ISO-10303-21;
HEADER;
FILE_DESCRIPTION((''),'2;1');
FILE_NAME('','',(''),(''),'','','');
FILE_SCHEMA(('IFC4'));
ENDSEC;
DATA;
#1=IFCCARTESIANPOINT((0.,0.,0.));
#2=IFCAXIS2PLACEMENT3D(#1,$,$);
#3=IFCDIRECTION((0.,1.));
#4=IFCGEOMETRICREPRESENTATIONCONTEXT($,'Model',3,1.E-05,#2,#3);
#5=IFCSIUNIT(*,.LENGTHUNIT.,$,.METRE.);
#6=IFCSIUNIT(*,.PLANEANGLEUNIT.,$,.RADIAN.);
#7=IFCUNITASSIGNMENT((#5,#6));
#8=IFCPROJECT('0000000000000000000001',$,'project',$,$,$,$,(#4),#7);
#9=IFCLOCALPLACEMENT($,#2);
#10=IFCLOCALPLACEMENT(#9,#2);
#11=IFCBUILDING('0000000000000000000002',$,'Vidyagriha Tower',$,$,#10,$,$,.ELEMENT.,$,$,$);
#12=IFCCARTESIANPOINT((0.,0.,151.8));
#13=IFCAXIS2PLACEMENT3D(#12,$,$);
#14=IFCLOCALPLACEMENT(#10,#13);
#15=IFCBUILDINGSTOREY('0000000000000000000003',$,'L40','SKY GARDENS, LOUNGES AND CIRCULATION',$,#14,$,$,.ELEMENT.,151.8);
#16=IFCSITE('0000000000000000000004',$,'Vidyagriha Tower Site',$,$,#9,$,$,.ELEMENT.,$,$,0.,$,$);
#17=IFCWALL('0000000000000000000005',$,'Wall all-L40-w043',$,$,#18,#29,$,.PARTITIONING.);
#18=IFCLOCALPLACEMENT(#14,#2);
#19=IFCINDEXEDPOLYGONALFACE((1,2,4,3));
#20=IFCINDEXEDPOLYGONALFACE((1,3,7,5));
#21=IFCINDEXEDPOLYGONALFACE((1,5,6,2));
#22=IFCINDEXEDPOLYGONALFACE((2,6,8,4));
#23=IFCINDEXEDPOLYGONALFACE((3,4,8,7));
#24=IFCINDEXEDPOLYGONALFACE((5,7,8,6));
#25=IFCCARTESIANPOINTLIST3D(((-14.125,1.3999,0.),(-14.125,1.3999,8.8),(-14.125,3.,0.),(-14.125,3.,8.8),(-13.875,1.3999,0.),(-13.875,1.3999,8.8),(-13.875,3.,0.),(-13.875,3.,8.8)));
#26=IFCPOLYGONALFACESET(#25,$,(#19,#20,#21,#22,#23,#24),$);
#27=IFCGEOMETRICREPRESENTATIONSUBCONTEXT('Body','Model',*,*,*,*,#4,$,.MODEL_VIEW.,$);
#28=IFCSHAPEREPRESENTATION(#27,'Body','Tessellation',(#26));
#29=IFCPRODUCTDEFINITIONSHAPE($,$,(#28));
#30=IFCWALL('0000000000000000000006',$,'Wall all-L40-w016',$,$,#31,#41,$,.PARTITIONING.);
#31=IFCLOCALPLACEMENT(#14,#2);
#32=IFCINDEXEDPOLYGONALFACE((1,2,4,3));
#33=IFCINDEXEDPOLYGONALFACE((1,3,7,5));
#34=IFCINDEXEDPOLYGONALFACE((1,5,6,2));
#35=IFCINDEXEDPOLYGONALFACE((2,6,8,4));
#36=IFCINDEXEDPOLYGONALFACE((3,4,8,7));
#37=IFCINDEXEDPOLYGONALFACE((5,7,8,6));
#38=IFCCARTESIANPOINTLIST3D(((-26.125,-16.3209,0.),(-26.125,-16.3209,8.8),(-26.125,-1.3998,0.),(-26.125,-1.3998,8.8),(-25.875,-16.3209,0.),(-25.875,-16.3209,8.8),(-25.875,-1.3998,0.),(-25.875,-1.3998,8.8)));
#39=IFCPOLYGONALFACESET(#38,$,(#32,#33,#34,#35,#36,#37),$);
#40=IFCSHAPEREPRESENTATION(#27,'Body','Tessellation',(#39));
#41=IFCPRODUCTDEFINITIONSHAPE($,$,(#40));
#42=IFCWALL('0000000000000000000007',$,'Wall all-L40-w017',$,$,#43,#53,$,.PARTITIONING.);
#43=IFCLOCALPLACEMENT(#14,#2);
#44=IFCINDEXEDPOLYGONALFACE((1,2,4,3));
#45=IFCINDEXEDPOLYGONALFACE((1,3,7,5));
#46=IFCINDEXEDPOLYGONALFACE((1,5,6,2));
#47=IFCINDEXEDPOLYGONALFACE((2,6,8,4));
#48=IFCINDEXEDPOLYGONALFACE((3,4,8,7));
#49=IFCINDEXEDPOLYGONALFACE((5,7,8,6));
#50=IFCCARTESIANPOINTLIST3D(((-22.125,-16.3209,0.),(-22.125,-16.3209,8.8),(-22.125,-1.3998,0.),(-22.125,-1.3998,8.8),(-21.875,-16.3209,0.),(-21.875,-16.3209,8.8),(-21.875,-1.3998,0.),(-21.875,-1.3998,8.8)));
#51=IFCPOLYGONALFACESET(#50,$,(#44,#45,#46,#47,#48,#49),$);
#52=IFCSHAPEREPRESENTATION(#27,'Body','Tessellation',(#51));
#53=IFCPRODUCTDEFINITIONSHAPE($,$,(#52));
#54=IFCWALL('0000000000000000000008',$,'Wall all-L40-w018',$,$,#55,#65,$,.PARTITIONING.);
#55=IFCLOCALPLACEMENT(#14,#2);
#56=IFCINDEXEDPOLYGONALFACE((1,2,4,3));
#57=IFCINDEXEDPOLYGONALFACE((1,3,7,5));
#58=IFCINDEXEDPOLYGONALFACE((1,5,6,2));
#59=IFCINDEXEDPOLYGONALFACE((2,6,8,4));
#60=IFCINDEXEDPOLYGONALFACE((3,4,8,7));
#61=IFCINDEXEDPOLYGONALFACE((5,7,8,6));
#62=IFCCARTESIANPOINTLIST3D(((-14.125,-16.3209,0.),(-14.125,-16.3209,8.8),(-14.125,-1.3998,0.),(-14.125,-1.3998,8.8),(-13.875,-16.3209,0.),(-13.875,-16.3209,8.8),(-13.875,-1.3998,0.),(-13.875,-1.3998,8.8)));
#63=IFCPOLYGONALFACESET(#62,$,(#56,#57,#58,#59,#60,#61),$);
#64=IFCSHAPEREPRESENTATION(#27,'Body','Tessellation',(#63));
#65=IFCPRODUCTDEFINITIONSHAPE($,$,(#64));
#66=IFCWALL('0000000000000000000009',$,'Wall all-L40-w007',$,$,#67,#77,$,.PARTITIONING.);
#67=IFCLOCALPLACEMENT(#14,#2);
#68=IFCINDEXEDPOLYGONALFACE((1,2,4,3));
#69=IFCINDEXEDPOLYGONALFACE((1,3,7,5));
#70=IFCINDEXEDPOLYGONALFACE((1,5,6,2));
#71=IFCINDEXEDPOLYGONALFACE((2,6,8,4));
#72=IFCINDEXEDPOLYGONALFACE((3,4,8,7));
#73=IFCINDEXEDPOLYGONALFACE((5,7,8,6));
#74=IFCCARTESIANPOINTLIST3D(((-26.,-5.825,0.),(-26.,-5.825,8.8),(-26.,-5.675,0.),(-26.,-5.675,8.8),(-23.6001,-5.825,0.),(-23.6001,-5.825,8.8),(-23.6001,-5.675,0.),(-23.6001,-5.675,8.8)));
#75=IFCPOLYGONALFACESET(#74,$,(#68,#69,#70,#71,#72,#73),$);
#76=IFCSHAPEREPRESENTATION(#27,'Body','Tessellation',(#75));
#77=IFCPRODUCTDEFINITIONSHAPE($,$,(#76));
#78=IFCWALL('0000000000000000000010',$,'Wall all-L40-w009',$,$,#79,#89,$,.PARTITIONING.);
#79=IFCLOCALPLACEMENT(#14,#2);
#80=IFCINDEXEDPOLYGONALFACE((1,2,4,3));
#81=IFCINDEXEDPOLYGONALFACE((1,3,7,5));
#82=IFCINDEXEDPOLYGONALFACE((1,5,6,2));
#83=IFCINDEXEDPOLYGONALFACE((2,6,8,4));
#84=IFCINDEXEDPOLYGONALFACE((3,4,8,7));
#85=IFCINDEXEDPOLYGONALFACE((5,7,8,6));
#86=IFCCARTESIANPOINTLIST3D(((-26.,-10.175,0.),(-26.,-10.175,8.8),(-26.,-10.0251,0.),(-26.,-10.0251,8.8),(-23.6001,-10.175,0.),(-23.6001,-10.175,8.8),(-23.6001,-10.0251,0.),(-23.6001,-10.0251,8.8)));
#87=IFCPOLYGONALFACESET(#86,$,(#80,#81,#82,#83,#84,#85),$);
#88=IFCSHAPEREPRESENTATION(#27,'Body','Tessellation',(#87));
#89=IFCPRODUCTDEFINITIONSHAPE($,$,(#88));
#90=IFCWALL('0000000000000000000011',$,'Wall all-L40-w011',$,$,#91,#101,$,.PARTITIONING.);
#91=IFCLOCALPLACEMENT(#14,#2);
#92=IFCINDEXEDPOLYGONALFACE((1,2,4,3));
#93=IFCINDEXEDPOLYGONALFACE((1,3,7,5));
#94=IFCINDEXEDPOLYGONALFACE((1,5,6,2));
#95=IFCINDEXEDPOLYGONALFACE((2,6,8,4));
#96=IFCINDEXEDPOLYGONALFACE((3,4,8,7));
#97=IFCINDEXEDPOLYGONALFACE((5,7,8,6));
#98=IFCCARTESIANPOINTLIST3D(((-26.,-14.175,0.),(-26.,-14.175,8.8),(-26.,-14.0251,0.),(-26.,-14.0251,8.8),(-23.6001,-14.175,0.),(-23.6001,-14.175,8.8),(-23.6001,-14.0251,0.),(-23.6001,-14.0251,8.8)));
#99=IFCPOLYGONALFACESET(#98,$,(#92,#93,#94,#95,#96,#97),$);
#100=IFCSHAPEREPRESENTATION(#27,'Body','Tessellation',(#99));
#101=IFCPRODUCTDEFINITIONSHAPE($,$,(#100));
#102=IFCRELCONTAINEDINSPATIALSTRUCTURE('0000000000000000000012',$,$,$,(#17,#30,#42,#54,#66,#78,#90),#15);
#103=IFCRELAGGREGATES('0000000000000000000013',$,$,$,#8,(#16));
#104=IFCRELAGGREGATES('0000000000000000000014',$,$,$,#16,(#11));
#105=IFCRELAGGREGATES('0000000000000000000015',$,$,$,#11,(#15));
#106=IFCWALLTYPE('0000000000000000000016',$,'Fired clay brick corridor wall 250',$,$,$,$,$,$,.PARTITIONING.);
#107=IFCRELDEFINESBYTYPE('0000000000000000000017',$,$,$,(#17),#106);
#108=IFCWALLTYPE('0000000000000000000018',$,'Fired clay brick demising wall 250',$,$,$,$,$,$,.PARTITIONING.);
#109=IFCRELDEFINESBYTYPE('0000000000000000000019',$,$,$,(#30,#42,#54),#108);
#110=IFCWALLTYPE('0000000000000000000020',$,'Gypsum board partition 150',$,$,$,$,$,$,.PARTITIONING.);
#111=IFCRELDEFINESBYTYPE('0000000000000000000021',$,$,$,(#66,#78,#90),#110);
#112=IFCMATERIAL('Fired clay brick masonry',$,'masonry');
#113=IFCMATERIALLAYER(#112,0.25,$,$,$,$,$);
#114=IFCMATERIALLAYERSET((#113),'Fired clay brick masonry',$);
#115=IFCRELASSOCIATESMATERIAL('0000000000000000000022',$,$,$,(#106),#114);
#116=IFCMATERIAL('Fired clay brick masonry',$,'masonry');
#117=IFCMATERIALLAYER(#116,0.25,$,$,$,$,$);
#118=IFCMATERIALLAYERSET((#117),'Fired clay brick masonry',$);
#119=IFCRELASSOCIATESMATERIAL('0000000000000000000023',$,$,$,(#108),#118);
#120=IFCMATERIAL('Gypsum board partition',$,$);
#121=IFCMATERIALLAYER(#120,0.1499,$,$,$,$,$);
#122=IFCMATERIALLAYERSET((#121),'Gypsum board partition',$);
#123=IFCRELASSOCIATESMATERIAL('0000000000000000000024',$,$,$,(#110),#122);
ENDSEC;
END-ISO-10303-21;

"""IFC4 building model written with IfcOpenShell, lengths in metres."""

from ifc_helpers import new_model, si_unit, direction, frame, frame_2d, origin, place, context, subcontext, project, spatial, rectangle, extrude, material, layer, layer_set, type_object, element, save


model = new_model("IFC4")

# Units and contexts
model_context = context("Model", 3, precision=1e-05, world=origin(), true_north=direction((0.0, 1.0)))
body_context = subcontext(model_context, "Body", "Model", "MODEL_VIEW")
ifc_project = project(units=[si_unit("LENGTHUNIT", "METRE"), si_unit("PLANEANGLEUNIT", "RADIAN")], contexts=[model_context])

# Site, building, storey
site_placement = place(None, origin())
site = spatial("IfcSite", under=ifc_project, at=site_placement, Name="Vidyagriha Tower Site", CompositionType="ELEMENT", RefElevation=0.0)
building_placement = place(site_placement, origin())
building = spatial("IfcBuilding", under=site, at=building_placement, Name="Vidyagriha Tower", CompositionType="ELEMENT")
storey_placement = place(building_placement, frame((0.0, 0.0, 151.8)))
storey = spatial("IfcBuildingStorey", under=building, at=storey_placement, Name="L40", Description="SKY GARDENS, LOUNGES AND CIRCULATION", CompositionType="ELEMENT", Elevation=151.8)

# Shared definitions
ifc_material_1 = material(Name="Fired clay brick masonry", Category="masonry")
ifc_layer_1 = layer(ifc_material_1, 0.25)
ifc_layer_set_1 = layer_set([ifc_layer_1], Name="Fired clay brick masonry")
wall_type_1 = type_object("IfcWallType", Name="Fired clay brick corridor wall 250", PredefinedType="PARTITIONING", material=ifc_layer_set_1)

# Walls
wall_1_placement = place(storey_placement, frame((-14.0, 3.0, 0.0), z_axis=(0.0, 0.0, 1.0), x_axis=(0.0, -1.0, 0.0)))
element("IfcWall", 1, at=wall_1_placement, inside=storey, type_object=wall_type_1, Name="Wall all-L40-w043", PredefinedType="PARTITIONING", context=body_context, shape_type="SweptSolid", body=[
    extrude(rectangle(XDim=1.6001, YDim=0.25, at=frame_2d((0.8, 0.0))), origin(), (0.0, 0.0, 1.0), 8.8),
])
ifc_material_2 = material(Name="Fired clay brick masonry", Category="masonry")
ifc_layer_2 = layer(ifc_material_2, 0.25)
ifc_layer_set_2 = layer_set([ifc_layer_2], Name="Fired clay brick masonry")
wall_type_2 = type_object("IfcWallType", Name="Fired clay brick demising wall 250", PredefinedType="PARTITIONING", material=ifc_layer_set_2)
for number, where, z_axis, x_axis, name in (
    (2, (-26.0, -1.3999, 0.0), (0.0, 0.0, 1.0), (0.0, -1.0, 0.0), "Wall all-L40-w016"),
    (3, (-22.0, -1.3999, 0.0), (0.0, 0.0, 1.0), (0.0, -1.0, 0.0), "Wall all-L40-w017"),
    (4, (-14.0, -1.3999, 0.0), (0.0, 0.0, 1.0), (0.0, -1.0, 0.0), "Wall all-L40-w018"),
):
    element("IfcWall", number, at=place(storey_placement, frame(where, z_axis=z_axis, x_axis=x_axis)), inside=storey, type_object=wall_type_2, Name=name, PredefinedType="PARTITIONING", context=body_context, shape_type="SweptSolid", body=[
        extrude(rectangle(XDim=14.9211, YDim=0.25, at=frame_2d((7.4604, 0.0))), origin(), (0.0, 0.0, 1.0), 8.8),
    ])
ifc_material_3 = material(Name="Gypsum board partition")
ifc_layer_3 = layer(ifc_material_3, 0.1499)
ifc_layer_set_3 = layer_set([ifc_layer_3], Name="Gypsum board partition")
wall_type_3 = type_object("IfcWallType", Name="Gypsum board partition 150", PredefinedType="PARTITIONING", material=ifc_layer_set_3)
for number, where, z_axis, x_axis, name in (
    (5, (-23.6001, -5.75, 0.0), (0.0, 0.0, 1.0), (-1.0, 0.0, 0.0), "Wall all-L40-w007"),
    (6, (-23.6001, -10.1001, 0.0), (0.0, 0.0, 1.0), (-1.0, 0.0, 0.0), "Wall all-L40-w009"),
    (7, (-23.6001, -14.1001, 0.0), (0.0, 0.0, 1.0), (-1.0, 0.0, 0.0), "Wall all-L40-w011"),
):
    element("IfcWall", number, at=place(storey_placement, frame(where, z_axis=z_axis, x_axis=x_axis)), inside=storey, type_object=wall_type_3, Name=name, PredefinedType="PARTITIONING", context=body_context, shape_type="SweptSolid", body=[
        extrude(rectangle(XDim=2.3999, YDim=0.1499, at=frame_2d((1.2, 0.0))), origin(), (0.0, 0.0, 1.0), 8.8),
    ])

save(model, "model.ifc")
